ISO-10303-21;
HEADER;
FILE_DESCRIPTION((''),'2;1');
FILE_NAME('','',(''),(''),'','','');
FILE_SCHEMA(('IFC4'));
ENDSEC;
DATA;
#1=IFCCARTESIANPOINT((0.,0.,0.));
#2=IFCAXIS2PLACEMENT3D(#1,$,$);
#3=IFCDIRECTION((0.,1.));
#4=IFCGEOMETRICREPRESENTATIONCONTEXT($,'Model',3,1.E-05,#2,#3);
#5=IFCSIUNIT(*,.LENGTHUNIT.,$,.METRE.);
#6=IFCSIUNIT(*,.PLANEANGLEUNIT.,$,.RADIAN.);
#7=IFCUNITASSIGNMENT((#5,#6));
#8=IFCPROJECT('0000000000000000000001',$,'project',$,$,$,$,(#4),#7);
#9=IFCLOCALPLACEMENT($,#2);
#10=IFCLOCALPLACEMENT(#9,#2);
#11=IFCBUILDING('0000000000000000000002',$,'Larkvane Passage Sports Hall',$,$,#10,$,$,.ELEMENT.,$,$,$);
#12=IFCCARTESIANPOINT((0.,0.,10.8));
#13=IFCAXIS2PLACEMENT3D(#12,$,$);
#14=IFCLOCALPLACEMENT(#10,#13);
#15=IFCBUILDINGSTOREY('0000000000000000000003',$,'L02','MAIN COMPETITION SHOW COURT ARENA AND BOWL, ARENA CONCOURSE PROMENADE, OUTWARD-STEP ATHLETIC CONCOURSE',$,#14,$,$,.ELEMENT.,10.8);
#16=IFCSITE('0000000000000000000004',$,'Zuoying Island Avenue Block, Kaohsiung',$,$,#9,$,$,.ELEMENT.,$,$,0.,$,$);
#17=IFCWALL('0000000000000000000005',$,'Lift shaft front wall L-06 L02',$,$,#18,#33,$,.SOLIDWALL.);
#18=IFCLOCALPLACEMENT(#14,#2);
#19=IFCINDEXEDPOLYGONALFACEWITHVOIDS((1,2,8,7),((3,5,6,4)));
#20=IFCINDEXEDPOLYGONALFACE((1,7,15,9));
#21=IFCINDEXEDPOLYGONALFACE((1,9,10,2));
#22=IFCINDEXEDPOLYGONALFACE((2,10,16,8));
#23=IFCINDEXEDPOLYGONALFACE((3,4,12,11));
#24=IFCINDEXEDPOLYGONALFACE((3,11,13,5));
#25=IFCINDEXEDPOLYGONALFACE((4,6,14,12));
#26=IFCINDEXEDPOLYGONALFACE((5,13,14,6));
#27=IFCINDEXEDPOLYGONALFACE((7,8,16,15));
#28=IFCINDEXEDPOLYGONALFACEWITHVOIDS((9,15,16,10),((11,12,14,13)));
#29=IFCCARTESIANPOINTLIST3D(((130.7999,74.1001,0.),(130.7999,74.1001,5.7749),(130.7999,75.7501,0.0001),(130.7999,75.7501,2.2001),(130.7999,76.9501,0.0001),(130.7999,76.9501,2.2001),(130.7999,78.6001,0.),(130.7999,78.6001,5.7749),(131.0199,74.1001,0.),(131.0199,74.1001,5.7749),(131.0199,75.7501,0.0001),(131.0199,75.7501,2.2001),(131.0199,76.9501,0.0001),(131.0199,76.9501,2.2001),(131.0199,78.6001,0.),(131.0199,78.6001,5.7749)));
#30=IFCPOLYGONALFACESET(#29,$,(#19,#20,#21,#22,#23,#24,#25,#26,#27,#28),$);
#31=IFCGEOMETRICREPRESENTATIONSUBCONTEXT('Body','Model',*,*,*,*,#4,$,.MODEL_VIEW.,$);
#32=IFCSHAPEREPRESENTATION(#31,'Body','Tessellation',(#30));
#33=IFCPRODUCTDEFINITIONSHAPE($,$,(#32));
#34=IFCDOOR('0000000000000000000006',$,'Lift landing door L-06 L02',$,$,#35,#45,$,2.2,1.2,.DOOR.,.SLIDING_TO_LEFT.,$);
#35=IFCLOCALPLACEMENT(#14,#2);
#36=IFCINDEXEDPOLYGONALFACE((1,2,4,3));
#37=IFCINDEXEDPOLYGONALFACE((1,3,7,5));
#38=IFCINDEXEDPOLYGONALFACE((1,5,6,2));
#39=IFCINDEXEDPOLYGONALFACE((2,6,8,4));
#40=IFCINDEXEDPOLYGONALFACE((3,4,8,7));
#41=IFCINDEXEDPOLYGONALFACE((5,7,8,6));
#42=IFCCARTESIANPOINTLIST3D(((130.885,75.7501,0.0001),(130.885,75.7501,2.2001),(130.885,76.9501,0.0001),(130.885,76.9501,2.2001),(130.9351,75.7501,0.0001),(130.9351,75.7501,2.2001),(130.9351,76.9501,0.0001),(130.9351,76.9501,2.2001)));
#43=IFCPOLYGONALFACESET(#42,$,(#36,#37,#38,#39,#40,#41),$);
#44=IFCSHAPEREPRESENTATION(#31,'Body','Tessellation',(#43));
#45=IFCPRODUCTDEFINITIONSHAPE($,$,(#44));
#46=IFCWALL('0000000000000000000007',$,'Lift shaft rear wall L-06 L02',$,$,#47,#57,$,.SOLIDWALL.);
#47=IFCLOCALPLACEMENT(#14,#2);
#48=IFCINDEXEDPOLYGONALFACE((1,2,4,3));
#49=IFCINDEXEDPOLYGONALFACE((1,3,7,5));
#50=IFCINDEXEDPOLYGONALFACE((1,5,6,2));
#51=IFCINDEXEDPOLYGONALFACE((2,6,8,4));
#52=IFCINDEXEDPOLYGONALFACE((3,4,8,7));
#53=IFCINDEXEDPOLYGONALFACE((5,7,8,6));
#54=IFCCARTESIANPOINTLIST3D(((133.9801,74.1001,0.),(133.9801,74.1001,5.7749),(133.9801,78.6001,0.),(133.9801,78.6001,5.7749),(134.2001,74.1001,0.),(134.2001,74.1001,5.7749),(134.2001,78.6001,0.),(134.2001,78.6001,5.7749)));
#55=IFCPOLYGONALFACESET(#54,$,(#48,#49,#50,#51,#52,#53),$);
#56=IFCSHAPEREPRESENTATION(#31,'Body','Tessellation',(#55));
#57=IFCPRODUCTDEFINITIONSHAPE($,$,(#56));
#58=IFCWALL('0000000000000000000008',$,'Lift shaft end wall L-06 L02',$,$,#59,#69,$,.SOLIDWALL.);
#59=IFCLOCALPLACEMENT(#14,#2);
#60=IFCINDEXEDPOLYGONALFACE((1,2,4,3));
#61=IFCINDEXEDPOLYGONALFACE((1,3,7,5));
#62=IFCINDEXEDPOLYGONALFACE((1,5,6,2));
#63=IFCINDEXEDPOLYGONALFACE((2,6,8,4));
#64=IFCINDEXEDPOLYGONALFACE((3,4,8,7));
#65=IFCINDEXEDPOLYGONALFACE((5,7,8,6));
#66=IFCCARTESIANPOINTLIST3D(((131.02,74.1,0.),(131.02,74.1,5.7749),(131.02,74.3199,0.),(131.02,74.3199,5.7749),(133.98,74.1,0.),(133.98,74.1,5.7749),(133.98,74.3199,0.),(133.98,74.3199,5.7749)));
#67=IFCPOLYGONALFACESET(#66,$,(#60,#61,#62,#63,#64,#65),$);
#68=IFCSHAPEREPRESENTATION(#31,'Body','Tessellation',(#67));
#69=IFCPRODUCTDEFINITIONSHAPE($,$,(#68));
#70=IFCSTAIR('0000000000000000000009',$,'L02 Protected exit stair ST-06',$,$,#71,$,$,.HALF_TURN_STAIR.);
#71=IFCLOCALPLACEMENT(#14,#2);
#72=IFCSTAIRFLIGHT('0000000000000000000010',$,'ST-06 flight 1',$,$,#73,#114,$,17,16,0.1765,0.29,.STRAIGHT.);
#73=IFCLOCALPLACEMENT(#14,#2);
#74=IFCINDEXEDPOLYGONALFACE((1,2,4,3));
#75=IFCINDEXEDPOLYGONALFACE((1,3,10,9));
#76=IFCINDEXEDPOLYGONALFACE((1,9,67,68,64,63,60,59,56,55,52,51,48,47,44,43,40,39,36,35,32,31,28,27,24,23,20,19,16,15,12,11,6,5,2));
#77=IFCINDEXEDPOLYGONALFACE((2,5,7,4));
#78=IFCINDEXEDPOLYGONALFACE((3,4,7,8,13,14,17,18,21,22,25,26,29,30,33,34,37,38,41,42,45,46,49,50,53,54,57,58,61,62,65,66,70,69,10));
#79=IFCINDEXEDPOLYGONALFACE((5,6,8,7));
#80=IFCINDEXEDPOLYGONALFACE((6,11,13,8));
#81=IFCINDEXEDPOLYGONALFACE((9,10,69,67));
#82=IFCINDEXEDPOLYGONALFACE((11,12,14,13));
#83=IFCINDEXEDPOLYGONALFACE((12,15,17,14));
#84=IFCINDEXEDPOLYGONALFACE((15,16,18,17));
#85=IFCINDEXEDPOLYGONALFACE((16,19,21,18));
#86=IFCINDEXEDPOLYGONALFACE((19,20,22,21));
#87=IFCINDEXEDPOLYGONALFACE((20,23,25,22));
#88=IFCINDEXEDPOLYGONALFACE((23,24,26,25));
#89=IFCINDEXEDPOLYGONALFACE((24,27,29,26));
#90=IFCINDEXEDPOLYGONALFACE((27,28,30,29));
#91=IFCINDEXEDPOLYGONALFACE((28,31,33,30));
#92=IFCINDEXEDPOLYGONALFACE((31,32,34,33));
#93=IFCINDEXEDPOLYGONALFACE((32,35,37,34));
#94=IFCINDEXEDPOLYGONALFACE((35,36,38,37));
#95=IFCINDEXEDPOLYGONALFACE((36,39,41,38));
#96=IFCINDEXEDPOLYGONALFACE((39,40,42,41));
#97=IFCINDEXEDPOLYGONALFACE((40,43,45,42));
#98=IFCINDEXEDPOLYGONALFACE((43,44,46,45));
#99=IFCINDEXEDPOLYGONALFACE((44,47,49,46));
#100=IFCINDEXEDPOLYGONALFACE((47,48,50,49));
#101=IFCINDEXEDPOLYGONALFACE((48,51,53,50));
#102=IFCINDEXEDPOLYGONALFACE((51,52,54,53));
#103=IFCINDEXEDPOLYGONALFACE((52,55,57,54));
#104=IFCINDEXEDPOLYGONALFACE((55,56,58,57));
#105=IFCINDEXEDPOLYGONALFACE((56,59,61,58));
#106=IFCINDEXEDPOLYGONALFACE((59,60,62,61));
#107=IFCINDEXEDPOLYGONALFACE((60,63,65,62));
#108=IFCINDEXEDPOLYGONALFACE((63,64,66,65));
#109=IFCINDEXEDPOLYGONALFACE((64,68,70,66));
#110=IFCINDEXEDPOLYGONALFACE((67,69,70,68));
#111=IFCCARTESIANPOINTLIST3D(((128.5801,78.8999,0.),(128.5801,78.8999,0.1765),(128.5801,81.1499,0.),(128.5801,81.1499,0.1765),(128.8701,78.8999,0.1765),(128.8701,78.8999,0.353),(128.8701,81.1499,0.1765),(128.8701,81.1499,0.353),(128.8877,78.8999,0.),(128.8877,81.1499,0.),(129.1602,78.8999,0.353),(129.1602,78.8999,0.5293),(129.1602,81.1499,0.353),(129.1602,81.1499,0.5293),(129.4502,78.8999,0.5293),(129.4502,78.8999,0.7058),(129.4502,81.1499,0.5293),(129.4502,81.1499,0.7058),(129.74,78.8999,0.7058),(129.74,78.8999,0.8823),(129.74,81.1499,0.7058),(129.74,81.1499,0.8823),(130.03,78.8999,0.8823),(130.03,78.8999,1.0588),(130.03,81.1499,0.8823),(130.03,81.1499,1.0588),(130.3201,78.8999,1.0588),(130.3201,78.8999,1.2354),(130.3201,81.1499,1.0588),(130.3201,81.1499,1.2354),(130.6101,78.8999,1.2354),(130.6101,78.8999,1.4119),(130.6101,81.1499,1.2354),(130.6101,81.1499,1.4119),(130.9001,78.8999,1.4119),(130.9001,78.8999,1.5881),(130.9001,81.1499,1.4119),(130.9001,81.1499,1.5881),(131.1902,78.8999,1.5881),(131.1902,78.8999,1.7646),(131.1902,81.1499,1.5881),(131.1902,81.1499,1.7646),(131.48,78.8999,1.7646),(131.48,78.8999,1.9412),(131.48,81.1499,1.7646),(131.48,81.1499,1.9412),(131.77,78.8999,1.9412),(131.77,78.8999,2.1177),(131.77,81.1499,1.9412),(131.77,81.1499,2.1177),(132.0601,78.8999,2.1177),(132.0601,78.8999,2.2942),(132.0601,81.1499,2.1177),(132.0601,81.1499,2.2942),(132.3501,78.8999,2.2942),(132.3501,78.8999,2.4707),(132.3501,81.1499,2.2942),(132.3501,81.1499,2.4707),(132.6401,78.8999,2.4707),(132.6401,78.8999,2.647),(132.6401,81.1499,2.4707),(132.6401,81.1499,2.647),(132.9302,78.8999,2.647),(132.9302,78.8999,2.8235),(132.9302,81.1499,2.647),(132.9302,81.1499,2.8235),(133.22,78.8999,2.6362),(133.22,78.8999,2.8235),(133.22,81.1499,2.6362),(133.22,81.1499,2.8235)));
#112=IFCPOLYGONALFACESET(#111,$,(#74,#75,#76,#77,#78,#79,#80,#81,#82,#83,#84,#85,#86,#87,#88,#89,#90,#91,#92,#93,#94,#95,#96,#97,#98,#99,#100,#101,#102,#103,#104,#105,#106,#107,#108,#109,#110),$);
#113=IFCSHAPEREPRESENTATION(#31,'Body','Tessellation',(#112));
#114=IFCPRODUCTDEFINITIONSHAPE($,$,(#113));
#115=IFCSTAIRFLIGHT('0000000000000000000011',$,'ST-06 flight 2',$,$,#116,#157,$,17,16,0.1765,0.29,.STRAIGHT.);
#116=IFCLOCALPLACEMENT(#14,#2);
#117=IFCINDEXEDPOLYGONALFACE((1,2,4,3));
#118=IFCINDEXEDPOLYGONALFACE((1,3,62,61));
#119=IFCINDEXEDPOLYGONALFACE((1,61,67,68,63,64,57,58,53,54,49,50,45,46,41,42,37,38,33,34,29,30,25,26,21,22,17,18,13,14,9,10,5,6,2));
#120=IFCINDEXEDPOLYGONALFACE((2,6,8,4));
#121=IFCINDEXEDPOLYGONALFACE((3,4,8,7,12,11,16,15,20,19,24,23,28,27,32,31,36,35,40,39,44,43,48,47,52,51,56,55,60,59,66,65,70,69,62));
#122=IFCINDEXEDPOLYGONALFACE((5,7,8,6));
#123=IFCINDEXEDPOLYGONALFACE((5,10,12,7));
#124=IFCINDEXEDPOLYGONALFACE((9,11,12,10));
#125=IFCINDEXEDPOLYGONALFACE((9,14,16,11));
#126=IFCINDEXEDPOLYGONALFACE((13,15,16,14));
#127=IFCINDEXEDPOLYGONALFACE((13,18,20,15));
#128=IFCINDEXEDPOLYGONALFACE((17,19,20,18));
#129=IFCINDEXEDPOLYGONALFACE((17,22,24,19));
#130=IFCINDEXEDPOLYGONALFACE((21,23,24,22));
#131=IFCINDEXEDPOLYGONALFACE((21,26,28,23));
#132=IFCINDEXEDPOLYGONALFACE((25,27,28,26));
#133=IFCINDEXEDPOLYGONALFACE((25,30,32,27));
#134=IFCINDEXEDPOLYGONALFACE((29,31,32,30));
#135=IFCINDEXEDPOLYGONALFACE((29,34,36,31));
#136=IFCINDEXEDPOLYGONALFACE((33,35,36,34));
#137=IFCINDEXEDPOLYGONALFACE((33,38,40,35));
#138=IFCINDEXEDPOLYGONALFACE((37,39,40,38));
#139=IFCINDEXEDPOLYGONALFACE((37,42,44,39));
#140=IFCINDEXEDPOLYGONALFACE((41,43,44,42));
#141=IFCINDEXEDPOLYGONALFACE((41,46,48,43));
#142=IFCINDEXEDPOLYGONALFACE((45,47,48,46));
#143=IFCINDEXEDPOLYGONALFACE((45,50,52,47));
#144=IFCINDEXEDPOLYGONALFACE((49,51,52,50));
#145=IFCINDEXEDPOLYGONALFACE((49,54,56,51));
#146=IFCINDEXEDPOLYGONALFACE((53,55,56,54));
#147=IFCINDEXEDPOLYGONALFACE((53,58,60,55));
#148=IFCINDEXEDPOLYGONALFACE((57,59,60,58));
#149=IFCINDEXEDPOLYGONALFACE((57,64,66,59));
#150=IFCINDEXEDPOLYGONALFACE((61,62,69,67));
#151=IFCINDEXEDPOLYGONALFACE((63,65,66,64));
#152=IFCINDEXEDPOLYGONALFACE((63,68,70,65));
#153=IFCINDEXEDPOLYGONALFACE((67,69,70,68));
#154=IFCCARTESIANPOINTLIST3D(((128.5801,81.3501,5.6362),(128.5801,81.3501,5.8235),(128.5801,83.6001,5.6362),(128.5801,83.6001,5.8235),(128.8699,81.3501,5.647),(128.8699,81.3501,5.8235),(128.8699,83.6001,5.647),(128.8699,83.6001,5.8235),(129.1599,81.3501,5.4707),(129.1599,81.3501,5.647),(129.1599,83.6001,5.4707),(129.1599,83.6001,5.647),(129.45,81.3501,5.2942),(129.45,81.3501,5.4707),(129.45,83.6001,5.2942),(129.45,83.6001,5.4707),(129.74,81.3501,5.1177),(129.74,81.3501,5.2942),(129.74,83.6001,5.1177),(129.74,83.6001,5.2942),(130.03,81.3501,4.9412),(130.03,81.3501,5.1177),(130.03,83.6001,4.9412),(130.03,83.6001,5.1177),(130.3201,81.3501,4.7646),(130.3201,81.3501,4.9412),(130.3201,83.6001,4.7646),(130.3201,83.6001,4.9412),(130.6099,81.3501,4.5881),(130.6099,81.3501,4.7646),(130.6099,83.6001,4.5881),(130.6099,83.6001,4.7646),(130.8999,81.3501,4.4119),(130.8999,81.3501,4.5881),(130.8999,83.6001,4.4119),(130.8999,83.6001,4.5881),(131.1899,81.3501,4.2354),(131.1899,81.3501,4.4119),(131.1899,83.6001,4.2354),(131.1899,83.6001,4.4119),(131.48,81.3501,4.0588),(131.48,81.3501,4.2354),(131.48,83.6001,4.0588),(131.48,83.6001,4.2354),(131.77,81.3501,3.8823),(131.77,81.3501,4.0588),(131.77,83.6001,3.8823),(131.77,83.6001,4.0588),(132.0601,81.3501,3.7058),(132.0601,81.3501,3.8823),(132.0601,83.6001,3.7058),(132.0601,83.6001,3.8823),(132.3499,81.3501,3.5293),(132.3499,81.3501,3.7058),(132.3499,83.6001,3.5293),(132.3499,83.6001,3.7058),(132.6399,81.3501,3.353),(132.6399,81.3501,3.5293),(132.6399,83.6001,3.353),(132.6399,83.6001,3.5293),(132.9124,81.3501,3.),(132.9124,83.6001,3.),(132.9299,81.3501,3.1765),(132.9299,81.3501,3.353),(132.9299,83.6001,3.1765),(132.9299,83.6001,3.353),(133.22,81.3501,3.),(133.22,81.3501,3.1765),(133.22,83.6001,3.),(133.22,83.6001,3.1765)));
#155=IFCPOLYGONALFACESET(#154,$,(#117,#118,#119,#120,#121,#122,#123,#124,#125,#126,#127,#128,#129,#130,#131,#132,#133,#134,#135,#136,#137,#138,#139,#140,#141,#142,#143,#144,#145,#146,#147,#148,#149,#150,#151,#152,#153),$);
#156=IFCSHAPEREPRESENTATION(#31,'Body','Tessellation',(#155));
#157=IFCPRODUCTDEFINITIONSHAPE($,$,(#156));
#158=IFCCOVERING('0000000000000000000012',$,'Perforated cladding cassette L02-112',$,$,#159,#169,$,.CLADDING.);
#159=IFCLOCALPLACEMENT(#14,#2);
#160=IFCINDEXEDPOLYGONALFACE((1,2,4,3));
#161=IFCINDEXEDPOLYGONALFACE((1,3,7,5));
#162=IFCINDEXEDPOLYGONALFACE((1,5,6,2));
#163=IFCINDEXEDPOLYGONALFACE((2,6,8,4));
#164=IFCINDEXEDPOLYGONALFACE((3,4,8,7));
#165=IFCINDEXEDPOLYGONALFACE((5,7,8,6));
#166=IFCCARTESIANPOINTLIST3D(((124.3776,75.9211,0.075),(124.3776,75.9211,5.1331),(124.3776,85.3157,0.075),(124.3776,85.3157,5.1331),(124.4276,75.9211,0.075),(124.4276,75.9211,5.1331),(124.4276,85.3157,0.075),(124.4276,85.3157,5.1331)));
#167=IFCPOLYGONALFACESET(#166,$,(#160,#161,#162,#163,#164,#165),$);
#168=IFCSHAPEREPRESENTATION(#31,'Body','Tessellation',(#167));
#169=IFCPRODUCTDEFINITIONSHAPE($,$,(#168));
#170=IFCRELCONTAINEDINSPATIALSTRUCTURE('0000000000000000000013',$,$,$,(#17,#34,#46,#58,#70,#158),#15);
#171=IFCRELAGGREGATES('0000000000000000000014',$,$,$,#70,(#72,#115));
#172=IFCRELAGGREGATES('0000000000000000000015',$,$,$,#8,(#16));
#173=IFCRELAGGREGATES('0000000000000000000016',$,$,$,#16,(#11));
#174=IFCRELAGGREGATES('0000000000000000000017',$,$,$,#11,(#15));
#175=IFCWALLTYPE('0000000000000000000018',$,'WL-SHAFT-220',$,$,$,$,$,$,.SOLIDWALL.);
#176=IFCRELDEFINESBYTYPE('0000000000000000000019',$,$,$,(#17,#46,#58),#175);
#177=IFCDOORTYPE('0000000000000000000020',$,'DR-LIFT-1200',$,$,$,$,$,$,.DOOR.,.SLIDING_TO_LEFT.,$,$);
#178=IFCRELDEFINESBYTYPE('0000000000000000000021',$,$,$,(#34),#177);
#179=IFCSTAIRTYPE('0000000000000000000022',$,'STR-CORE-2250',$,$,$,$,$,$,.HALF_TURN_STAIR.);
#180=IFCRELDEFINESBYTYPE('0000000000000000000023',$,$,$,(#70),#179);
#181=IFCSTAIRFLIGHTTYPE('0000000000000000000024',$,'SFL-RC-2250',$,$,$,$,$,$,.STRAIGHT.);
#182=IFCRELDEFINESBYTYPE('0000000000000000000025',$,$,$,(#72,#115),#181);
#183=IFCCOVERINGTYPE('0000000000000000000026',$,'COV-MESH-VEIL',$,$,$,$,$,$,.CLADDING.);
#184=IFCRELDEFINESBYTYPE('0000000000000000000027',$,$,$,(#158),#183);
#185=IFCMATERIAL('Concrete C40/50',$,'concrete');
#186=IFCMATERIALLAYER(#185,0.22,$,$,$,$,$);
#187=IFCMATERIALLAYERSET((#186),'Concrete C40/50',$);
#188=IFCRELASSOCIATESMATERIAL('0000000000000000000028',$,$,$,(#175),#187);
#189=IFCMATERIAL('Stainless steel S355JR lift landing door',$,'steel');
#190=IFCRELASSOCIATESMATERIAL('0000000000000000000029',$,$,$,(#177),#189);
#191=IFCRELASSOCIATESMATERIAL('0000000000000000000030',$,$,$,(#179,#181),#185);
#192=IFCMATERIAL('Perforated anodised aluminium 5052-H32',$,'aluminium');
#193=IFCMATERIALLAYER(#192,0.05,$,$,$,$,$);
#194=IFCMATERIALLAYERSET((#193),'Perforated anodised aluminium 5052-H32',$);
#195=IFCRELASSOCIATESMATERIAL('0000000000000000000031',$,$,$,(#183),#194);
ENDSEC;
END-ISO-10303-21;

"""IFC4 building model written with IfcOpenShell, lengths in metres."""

from ifc_helpers import new_model, si_unit, direction, frame, frame_2d, origin, origin_2d, place, context, subcontext, project, spatial, polyline, rectangle, outline, extrude, material, layer, layer_set, type_object, element, fill, aggregate, save


model = new_model("IFC4")

# Units and contexts
model_context = context("Model", 3, precision=1e-05, world=origin(), true_north=direction((0.0, 1.0)))
body_context = subcontext(model_context, "Body", "Model", "MODEL_VIEW")
ifc_project = project(units=[si_unit("LENGTHUNIT", "METRE"), si_unit("PLANEANGLEUNIT", "RADIAN")], contexts=[model_context])

# Site, building, storey
site_placement = place(None, origin())
site = spatial("IfcSite", under=ifc_project, at=site_placement, Name="Zuoying Island Avenue Block, Kaohsiung", CompositionType="ELEMENT", RefElevation=0.0)
building_placement = place(site_placement, origin())
building = spatial("IfcBuilding", under=site, at=building_placement, Name="Larkvane Passage Sports Hall", CompositionType="ELEMENT")
storey_placement = place(building_placement, frame((0.0, 0.0, 10.8)))
storey = spatial("IfcBuildingStorey", under=building, at=storey_placement, Name="L02", Description="MAIN COMPETITION SHOW COURT ARENA AND BOWL, ARENA CONCOURSE PROMENADE, OUTWARD-STEP ATHLETIC CONCOURSE", CompositionType="ELEMENT", Elevation=10.8)

# Shared definitions
ifc_material_1 = material(Name="Concrete C40/50", Category="concrete")

# Wall, opening, door
ifc_layer_1 = layer(ifc_material_1, 0.22)
ifc_layer_set_1 = layer_set([ifc_layer_1], Name="Concrete C40/50")
wall_type_1 = type_object("IfcWallType", Name="WL-SHAFT-220", PredefinedType="SOLIDWALL", material=ifc_layer_set_1)
wall_1_placement = place(storey_placement, frame((130.9099, 74.1001, 0.0), z_axis=(0.0, 0.0, 1.0), x_axis=(0.0, 1.0, 0.0)))
wall_1 = element("IfcWall", 1, at=wall_1_placement, inside=storey, type_object=wall_type_1, Name="Lift shaft front wall L-06 L02", PredefinedType="SOLIDWALL", context=body_context, shape_type="SweptSolid", body=[
    extrude(rectangle(XDim=4.5, YDim=0.22, at=frame_2d((2.25, 0.0))), origin(), (0.0, 0.0, 1.0), 5.7749),
])
opening_1_placement = place(wall_1_placement, frame((1.6499, 0.0, 0.0)))
opening_1 = element("IfcOpeningElement", 2, at=opening_1_placement, cuts=wall_1, PredefinedType="OPENING", context=body_context, shape_type="SweptSolid", body=[
    extrude(rectangle(XDim=1.2, YDim=2.2, at=frame_2d((0.6001, 1.1001))), frame((0.0, 0.1199, 0.0), z_axis=(0.0, -1.0, 0.0), x_axis=(1.0, 0.0, 0.0)), (0.0, 0.0, 1.0), 0.24),
])
ifc_material_2 = material(Name="Stainless steel S355JR lift landing door", Category="steel")
door_type_1 = type_object("IfcDoorType", Name="DR-LIFT-1200", OperationType="SLIDING_TO_LEFT", PredefinedType="DOOR", material=ifc_material_2)
door_1_placement = place(opening_1_placement, origin())
door_1 = element("IfcDoor", 3, at=door_1_placement, inside=storey, type_object=door_type_1, Name="Lift landing door L-06 L02", OperationType="SLIDING_TO_LEFT", OverallHeight=2.2, OverallWidth=1.2, PredefinedType="DOOR", context=body_context, shape_type="SweptSolid", body=[
    extrude(rectangle(XDim=1.2, YDim=2.2, at=frame_2d((0.6001, 1.1001))), frame((0.0, 0.0249, 0.0), z_axis=(0.0, -1.0, 0.0), x_axis=(1.0, 0.0, 0.0)), (0.0, 0.0, 1.0), 0.05),
])
fill(opening_1, door_1)

# Walls
wall_2_placement = place(storey_placement, frame((134.0901, 74.1001, 0.0), z_axis=(0.0, 0.0, 1.0), x_axis=(0.0, 1.0, 0.0)))
element("IfcWall", 4, at=wall_2_placement, inside=storey, type_object=wall_type_1, Name="Lift shaft rear wall L-06 L02", PredefinedType="SOLIDWALL", context=body_context, shape_type="SweptSolid", body=[
    extrude(rectangle(XDim=4.5, YDim=0.22, at=frame_2d((2.25, 0.0))), origin(), (0.0, 0.0, 1.0), 5.7749),
])
wall_3_placement = place(storey_placement, frame((131.02, 74.21, 0.0), z_axis=(0.0, 0.0, 1.0), x_axis=(1.0, 0.0, 0.0)))
element("IfcWall", 5, at=wall_3_placement, inside=storey, type_object=wall_type_1, Name="Lift shaft end wall L-06 L02", PredefinedType="SOLIDWALL", context=body_context, shape_type="SweptSolid", body=[
    extrude(rectangle(XDim=2.96, YDim=0.22, at=frame_2d((1.48, 0.0))), origin(), (0.0, 0.0, 1.0), 5.7749),
])

# Stair, stair flights
stair_type = type_object("IfcStairType", Name="STR-CORE-2250", PredefinedType="HALF_TURN_STAIR", material=ifc_material_1)
stair_placement = place(storey_placement, origin())
stair = element("IfcStair", 6, at=stair_placement, inside=storey, type_object=stair_type, Name="L02 Protected exit stair ST-06", PredefinedType="HALF_TURN_STAIR")
stair_flight_type = type_object("IfcStairFlightType", Name="SFL-RC-2250", PredefinedType="STRAIGHT", material=ifc_material_1)
stair_flight_1_placement = place(storey_placement, frame((128.5801, 80.0249, 0.0), z_axis=(0.0, 0.0, 1.0), x_axis=(1.0, 0.0, 0.0)))
stair_flight_1 = element("IfcStairFlight", 7, at=stair_flight_1_placement, type_object=stair_flight_type, Name="ST-06 flight 1", NumberOfRisers=17, NumberOfTreads=16, PredefinedType="STRAIGHT", RiserHeight=0.1765, TreadLength=0.29, context=body_context, shape_type="SweptSolid", body=[
    extrude(outline(polyline([(0.0, 0.0), (0.0, 0.1765), (0.29, 0.1765), (0.29, 0.353), (0.5801, 0.353), (0.5801, 0.5293), (0.8701, 0.5293), (0.8701, 0.7058), (1.1599, 0.7058), (1.1599, 0.8823), (1.45, 0.8823), (1.45, 1.0588), (1.74, 1.0588), (1.74, 1.2354), (2.03, 1.2354), (2.03, 1.4119), (2.3201, 1.4119), (2.3201, 1.5881), (2.6101, 1.5881), (2.6101, 1.7646), (2.8999, 1.7646), (2.8999, 1.9412), (3.1899, 1.9412), (3.1899, 2.1177), (3.48, 2.1177), (3.48, 2.2942), (3.77, 2.2942), (3.77, 2.4707), (4.0601, 2.4707), (4.0601, 2.647), (4.3501, 2.647), (4.3501, 2.8235), (4.6399, 2.8235), (4.6399, 3.0), (4.6399, 2.6362), (0.3076, 0.0), (0.0, 0.0)])), frame((0.0, 1.125, 0.0), z_axis=(0.0, -1.0, 0.0), x_axis=(1.0, 0.0, 0.0)), (0.0, 0.0, 1.0), 2.25),
])
stair_flight_2_placement = place(storey_placement, frame((133.22, 82.4751, 3.0), z_axis=(0.0, 0.0, 1.0), x_axis=(-1.0, 0.0, 0.0)))
stair_flight_2 = element("IfcStairFlight", 8, at=stair_flight_2_placement, type_object=stair_flight_type, Name="ST-06 flight 2", NumberOfRisers=17, NumberOfTreads=16, PredefinedType="STRAIGHT", RiserHeight=0.1765, TreadLength=0.29, context=body_context, shape_type="SweptSolid", body=[
    extrude(outline(polyline([(0.0, 0.0), (0.0, 0.1765), (0.29, 0.1765), (0.29, 0.353), (0.5801, 0.353), (0.5801, 0.5293), (0.8701, 0.5293), (0.8701, 0.7058), (1.1599, 0.7058), (1.1599, 0.8823), (1.45, 0.8823), (1.45, 1.0588), (1.74, 1.0588), (1.74, 1.2354), (2.03, 1.2354), (2.03, 1.4119), (2.3201, 1.4119), (2.3201, 1.5881), (2.6101, 1.5881), (2.6101, 1.7646), (2.8999, 1.7646), (2.8999, 1.9412), (3.1899, 1.9412), (3.1899, 2.1177), (3.48, 2.1177), (3.48, 2.2942), (3.77, 2.2942), (3.77, 2.4707), (4.0601, 2.4707), (4.0601, 2.647), (4.3501, 2.647), (4.3501, 2.8235), (4.6399, 2.8235), (4.6399, 3.0), (4.6399, 2.6362), (0.3076, 0.0), (0.0, 0.0)])), frame((0.0, 1.125, 0.0), z_axis=(0.0, -1.0, 0.0), x_axis=(1.0, 0.0, 0.0)), (0.0, 0.0, 1.0), 2.25),
])
aggregate(stair, [stair_flight_1, stair_flight_2])

# Covering
ifc_material_3 = material(Name="Perforated anodised aluminium 5052-H32", Category="aluminium")
ifc_layer_2 = layer(ifc_material_3, 0.05)
ifc_layer_set_2 = layer_set([ifc_layer_2], Name="Perforated anodised aluminium 5052-H32")
covering_type = type_object("IfcCoveringType", Name="COV-MESH-VEIL", PredefinedType="CLADDING", material=ifc_layer_set_2)
covering_placement = place(storey_placement, frame((124.4026, 80.6184, 0.075), z_axis=(0.0, 0.0, 1.0), x_axis=(0.0, 1.0, 0.0)))
element("IfcCovering", 9, at=covering_placement, inside=storey, type_object=covering_type, Name="Perforated cladding cassette L02-112", PredefinedType="CLADDING", context=body_context, shape_type="SweptSolid", body=[
    extrude(rectangle(XDim=9.3945, YDim=0.05, at=origin_2d()), origin(), (0.0, 0.0, 1.0), 5.0581),
])

save(model, "model.ifc")
